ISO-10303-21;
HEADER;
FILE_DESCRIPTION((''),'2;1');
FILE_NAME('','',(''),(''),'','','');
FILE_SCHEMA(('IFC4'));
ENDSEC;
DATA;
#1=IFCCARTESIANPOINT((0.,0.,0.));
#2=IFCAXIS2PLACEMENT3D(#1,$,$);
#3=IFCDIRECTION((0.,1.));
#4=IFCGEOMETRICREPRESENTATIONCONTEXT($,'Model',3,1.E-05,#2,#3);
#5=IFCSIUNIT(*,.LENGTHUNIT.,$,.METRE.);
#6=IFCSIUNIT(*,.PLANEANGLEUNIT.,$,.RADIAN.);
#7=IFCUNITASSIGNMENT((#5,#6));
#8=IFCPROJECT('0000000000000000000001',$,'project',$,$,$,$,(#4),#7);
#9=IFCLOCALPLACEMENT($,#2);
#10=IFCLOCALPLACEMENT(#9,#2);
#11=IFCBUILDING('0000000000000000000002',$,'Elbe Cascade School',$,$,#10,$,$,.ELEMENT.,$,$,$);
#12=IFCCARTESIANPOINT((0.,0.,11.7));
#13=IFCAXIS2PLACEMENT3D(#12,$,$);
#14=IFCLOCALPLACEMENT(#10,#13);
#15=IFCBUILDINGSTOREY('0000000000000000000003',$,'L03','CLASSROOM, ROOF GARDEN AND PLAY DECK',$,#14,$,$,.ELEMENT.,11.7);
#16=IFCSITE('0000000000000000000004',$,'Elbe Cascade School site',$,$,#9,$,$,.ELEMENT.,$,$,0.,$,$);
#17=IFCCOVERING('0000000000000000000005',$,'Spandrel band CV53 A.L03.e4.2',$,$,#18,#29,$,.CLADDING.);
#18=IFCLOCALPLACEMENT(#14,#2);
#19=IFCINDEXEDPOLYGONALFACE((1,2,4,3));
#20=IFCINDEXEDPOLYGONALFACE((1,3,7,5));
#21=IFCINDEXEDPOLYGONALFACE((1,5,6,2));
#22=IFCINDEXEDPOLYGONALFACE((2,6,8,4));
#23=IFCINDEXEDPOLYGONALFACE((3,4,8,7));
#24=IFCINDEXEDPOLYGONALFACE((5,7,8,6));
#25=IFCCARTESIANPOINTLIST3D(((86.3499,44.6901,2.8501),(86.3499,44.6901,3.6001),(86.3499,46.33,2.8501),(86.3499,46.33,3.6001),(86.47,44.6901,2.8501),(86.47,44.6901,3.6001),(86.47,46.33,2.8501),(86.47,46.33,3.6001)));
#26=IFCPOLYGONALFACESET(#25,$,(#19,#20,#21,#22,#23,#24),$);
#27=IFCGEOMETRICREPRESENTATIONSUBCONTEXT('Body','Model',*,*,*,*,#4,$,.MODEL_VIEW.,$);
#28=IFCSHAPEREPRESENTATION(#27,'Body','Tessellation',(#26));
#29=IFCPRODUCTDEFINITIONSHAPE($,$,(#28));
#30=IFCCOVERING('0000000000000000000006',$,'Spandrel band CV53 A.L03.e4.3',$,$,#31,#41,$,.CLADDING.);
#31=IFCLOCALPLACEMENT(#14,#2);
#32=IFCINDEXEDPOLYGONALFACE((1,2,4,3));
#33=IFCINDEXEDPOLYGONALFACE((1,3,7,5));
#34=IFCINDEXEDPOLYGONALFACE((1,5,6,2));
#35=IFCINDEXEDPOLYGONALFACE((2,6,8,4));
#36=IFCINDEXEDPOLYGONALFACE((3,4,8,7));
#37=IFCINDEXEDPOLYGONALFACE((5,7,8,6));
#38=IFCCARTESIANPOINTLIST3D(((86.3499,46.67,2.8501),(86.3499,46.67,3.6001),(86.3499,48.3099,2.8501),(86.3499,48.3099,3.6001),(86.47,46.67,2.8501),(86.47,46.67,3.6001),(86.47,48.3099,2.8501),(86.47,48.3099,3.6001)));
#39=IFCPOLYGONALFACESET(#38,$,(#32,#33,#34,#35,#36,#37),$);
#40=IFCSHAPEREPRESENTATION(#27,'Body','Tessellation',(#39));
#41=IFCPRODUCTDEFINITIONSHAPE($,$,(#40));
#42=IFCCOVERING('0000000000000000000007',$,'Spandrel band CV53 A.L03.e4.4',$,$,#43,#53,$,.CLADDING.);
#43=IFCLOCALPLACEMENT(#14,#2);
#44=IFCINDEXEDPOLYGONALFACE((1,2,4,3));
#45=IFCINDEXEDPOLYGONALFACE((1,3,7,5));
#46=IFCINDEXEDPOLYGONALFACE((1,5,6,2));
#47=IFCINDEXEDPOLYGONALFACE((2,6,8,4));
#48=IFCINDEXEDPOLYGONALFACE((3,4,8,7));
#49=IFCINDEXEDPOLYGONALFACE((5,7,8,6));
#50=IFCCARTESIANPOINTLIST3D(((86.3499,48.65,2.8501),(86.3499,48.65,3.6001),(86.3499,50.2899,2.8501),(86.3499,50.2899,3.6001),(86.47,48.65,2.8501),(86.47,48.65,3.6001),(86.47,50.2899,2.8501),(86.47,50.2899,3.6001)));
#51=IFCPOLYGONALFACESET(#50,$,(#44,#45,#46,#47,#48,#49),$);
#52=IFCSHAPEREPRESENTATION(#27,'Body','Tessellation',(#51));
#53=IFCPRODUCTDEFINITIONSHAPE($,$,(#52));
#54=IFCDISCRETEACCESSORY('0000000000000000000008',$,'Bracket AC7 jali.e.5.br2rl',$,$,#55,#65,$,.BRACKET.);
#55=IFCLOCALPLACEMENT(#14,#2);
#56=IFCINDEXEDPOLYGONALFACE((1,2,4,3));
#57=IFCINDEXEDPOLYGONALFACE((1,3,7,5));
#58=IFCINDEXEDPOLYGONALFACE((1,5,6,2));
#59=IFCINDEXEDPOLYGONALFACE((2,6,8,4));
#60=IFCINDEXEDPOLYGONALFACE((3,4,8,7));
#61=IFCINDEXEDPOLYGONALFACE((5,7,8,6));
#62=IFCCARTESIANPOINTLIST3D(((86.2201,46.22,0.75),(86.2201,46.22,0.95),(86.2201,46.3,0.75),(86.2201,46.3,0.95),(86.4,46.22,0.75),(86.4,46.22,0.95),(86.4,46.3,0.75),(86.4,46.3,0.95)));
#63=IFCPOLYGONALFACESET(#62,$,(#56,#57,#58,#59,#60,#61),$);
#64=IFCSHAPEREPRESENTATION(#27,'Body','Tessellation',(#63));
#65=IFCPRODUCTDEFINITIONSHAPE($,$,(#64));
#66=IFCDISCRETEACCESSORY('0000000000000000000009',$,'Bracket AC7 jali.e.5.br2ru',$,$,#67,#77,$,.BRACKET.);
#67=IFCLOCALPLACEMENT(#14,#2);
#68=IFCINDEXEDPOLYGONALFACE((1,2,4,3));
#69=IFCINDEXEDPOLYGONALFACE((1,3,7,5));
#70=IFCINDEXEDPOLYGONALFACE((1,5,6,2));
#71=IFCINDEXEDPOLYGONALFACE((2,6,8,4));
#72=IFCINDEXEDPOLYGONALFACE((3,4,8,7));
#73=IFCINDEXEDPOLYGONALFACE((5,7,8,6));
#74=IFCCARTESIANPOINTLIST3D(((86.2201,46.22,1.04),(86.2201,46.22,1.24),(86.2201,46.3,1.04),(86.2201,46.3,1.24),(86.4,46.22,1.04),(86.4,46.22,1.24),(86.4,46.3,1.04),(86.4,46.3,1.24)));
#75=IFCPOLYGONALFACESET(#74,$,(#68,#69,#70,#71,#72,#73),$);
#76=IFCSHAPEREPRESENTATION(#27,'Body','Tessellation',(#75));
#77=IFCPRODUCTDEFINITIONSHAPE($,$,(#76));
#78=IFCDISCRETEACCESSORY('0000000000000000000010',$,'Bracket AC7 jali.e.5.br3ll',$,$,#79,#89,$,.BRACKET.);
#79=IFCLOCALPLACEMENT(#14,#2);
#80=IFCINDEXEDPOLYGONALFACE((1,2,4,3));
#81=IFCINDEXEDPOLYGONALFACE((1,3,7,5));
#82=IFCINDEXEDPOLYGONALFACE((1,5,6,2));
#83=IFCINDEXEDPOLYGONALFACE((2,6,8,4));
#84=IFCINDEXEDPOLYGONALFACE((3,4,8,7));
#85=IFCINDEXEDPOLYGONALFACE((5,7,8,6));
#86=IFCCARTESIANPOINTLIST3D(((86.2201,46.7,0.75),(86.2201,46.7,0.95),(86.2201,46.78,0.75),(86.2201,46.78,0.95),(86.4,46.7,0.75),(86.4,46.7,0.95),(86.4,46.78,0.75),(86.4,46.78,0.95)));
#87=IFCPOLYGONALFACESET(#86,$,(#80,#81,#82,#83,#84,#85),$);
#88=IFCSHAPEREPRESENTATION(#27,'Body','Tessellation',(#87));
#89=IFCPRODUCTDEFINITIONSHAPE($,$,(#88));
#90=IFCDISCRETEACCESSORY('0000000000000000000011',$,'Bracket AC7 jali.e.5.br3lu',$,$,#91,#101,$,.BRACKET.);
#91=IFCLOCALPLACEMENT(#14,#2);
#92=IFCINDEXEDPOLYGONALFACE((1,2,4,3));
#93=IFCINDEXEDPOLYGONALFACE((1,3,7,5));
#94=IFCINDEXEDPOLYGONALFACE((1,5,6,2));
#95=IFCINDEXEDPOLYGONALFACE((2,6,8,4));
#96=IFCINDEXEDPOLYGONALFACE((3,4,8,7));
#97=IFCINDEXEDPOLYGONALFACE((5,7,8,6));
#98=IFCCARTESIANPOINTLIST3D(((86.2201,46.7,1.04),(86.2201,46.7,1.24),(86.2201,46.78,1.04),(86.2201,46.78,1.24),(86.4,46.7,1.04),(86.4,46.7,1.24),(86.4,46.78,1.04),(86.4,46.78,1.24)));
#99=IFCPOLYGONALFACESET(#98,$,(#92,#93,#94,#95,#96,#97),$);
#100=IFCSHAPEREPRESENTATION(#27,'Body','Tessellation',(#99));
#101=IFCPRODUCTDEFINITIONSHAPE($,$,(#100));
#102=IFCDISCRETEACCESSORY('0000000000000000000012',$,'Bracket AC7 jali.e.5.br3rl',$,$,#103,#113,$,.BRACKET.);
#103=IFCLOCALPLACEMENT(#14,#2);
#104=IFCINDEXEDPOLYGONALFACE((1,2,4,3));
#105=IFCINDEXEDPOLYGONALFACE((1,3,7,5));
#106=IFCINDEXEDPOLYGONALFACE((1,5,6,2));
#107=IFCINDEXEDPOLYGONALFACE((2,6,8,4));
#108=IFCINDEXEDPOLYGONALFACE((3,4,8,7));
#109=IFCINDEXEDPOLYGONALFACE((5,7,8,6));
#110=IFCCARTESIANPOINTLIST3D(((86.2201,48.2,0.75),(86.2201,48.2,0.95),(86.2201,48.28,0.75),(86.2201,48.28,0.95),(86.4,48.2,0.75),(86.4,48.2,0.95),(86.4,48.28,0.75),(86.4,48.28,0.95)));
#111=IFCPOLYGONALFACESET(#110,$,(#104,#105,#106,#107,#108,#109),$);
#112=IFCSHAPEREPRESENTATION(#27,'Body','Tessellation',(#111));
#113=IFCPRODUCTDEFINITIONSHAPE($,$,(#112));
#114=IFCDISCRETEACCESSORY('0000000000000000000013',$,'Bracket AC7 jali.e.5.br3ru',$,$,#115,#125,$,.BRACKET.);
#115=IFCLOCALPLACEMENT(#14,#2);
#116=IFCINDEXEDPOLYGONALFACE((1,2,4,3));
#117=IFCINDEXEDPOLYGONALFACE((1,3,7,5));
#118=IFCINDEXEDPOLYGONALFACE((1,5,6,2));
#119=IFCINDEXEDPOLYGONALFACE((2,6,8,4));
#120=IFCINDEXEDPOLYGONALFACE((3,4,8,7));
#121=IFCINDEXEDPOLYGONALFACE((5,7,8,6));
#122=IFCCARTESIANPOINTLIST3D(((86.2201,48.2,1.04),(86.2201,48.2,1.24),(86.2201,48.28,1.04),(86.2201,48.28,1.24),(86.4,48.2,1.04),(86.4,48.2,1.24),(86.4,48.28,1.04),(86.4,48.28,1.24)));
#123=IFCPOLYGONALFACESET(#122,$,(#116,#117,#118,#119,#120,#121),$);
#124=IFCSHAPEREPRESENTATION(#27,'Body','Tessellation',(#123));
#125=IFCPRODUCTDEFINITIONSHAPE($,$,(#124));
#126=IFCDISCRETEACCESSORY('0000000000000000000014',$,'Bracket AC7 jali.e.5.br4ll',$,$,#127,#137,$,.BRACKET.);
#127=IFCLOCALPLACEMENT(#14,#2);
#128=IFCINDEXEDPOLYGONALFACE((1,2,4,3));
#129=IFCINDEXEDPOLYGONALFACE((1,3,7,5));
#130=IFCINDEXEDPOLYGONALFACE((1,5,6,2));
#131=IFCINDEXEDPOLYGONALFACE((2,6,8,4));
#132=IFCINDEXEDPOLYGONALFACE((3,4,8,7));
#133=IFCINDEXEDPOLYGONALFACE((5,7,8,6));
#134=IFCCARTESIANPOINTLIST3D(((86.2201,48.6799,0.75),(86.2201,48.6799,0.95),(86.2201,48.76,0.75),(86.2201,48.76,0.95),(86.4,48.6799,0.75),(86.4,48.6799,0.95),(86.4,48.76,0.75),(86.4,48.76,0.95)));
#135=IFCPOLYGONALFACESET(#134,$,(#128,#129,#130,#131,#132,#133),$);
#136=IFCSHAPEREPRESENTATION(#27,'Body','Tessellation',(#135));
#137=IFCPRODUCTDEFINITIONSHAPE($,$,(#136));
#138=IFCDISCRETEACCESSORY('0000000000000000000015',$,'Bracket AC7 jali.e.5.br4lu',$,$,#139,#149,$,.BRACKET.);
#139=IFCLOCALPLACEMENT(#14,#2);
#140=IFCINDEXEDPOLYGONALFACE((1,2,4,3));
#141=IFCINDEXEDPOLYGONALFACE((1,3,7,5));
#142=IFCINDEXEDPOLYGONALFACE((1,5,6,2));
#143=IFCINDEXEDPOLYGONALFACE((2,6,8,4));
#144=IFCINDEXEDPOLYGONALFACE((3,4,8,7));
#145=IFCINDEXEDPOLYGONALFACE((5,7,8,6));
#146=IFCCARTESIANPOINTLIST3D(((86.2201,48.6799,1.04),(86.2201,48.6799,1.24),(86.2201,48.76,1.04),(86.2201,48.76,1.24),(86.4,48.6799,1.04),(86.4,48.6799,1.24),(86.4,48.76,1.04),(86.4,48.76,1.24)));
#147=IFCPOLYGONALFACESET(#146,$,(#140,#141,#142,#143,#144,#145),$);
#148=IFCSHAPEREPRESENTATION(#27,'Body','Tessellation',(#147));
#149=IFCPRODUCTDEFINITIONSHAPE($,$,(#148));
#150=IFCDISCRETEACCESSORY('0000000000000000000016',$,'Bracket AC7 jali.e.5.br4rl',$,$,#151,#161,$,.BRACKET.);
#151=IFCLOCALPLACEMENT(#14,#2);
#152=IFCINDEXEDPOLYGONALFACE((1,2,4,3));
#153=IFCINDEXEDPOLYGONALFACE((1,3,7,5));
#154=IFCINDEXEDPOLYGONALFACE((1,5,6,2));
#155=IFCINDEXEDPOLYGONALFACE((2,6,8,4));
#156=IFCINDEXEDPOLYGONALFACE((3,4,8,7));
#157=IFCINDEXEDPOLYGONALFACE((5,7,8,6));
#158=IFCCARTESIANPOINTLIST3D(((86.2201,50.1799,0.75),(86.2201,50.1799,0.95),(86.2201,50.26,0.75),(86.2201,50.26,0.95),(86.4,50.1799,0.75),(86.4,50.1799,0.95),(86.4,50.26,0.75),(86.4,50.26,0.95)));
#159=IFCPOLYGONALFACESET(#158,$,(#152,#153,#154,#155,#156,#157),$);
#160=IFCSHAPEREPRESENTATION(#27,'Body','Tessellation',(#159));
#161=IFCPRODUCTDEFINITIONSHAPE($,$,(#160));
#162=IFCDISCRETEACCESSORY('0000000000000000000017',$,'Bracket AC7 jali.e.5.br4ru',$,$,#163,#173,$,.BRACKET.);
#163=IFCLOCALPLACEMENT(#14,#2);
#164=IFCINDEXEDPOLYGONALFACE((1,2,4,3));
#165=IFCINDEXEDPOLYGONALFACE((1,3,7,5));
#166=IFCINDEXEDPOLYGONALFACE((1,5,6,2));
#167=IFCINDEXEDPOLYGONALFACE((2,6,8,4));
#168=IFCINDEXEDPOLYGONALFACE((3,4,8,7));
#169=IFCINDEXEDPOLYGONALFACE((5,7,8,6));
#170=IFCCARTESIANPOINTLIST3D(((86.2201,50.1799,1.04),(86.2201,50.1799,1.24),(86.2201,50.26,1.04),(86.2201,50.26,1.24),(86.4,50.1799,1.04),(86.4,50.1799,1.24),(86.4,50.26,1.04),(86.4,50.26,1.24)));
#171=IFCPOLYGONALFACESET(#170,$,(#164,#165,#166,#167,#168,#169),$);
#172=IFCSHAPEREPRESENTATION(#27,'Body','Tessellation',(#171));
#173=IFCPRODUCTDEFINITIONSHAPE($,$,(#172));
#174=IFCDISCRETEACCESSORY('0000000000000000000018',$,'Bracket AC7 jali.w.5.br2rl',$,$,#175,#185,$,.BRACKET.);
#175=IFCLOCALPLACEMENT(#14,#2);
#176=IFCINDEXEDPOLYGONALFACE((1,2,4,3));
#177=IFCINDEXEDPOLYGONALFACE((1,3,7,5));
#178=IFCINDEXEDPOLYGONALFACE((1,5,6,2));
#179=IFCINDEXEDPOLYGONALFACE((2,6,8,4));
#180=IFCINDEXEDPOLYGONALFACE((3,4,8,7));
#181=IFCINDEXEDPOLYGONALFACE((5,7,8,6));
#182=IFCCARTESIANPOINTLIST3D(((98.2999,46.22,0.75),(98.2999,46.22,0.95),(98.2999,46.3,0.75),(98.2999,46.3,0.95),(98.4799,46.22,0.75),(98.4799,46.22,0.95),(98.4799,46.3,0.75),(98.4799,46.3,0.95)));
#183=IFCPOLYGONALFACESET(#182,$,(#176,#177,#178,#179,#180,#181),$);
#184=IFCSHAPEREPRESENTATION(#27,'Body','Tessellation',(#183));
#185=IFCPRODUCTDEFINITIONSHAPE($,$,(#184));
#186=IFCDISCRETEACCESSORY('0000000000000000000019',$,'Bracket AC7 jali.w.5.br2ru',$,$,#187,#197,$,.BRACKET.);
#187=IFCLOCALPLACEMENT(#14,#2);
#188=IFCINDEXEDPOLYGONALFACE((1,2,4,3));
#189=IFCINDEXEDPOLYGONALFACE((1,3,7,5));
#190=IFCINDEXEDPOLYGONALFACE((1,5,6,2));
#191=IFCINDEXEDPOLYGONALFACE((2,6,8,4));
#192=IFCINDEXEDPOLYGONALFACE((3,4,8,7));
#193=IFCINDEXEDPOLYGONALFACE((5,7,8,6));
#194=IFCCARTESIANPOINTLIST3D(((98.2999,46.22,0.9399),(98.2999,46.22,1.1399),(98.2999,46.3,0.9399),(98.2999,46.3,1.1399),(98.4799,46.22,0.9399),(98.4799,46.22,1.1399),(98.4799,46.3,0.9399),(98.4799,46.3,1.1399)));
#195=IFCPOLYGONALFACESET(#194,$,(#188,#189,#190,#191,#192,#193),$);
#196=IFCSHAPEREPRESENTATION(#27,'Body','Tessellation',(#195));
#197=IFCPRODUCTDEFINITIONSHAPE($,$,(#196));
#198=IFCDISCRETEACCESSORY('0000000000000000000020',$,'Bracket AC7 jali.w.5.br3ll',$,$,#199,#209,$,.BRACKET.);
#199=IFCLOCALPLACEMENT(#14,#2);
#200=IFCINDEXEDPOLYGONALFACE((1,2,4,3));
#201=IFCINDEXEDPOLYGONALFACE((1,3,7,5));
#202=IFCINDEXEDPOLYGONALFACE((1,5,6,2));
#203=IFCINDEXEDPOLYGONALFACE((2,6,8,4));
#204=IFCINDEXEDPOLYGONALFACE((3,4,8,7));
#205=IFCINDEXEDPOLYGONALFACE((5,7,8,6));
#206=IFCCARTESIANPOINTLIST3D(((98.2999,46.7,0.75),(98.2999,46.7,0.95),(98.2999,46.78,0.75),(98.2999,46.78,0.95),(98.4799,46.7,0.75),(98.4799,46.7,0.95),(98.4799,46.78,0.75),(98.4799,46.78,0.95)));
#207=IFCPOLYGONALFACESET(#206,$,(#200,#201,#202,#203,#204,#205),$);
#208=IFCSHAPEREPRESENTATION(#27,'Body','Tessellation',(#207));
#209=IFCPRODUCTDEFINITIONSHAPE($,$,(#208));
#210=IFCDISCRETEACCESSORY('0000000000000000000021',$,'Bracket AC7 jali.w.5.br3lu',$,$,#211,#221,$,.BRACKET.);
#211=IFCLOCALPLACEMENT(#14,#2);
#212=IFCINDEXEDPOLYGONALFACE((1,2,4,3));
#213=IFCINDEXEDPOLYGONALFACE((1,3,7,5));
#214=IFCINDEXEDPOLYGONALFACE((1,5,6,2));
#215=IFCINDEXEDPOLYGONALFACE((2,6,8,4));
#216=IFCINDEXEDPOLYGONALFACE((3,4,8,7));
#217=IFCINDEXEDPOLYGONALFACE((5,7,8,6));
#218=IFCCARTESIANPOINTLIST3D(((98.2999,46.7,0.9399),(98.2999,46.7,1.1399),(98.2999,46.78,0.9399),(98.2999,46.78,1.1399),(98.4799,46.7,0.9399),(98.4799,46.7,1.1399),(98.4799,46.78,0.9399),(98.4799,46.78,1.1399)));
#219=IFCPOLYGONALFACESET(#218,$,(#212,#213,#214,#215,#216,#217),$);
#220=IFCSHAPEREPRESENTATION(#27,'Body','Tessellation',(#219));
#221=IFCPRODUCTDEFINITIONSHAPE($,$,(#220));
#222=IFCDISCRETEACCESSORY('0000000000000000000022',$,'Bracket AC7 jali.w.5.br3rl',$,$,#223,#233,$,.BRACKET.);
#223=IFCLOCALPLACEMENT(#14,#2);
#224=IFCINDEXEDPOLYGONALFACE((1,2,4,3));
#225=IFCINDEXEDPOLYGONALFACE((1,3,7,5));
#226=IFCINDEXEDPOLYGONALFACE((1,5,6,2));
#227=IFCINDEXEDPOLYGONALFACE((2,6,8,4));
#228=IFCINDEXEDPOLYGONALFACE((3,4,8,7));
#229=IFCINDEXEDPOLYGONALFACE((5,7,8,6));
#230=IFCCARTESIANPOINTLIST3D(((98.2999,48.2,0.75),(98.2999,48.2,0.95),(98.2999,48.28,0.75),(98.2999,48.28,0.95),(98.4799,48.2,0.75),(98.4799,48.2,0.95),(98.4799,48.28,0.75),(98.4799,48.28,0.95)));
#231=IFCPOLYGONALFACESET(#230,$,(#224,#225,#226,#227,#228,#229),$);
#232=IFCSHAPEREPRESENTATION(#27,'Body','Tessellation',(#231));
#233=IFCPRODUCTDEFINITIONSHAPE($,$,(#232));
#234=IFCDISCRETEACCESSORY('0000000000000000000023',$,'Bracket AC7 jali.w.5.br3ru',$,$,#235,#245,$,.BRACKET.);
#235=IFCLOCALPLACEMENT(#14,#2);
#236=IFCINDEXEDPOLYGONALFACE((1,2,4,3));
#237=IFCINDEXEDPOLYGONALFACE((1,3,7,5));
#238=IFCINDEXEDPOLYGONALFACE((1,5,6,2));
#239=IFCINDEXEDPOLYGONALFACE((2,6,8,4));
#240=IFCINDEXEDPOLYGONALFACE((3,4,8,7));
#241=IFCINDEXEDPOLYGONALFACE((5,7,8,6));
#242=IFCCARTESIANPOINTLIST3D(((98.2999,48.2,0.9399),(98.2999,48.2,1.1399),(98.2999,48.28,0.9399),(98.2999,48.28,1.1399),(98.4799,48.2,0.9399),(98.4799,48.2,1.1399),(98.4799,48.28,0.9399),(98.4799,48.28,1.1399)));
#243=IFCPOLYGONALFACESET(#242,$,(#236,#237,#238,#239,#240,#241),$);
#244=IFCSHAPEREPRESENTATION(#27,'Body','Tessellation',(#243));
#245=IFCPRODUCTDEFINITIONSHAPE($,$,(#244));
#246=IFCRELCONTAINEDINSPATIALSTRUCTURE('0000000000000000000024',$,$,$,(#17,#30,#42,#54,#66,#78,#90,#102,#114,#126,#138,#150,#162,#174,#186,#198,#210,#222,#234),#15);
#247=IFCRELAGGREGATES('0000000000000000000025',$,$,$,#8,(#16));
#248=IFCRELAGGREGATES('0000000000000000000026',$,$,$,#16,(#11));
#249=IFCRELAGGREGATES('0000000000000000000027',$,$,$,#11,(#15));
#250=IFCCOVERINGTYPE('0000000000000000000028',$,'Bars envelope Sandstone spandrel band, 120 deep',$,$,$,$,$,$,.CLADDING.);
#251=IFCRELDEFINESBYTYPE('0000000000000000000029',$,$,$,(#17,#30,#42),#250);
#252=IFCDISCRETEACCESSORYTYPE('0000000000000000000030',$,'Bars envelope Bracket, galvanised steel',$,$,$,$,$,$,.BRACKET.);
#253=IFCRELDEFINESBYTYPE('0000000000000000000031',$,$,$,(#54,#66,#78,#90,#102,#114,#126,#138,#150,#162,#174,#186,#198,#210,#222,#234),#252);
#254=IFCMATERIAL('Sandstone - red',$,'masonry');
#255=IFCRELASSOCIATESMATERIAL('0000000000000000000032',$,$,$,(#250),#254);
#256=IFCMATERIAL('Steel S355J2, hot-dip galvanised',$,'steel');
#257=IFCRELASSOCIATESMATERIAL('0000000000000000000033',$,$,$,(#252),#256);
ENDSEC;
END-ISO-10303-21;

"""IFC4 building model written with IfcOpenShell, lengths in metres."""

from ifc_helpers import new_model, si_unit, direction, frame, origin, origin_2d, place, context, subcontext, project, spatial, rectangle, extrude, material, type_object, element, save


model = new_model("IFC4")

# Units and contexts
model_context = context("Model", 3, precision=1e-05, world=origin(), true_north=direction((0.0, 1.0)))
body_context = subcontext(model_context, "Body", "Model", "MODEL_VIEW")
ifc_project = project(units=[si_unit("LENGTHUNIT", "METRE"), si_unit("PLANEANGLEUNIT", "RADIAN")], contexts=[model_context])

# Site, building, storey
site_placement = place(None, origin())
site = spatial("IfcSite", under=ifc_project, at=site_placement, Name="Elbe Cascade School site", CompositionType="ELEMENT", RefElevation=0.0)
building_placement = place(site_placement, origin())
building = spatial("IfcBuilding", under=site, at=building_placement, Name="Elbe Cascade School", CompositionType="ELEMENT")
storey_placement = place(building_placement, frame((0.0, 0.0, 11.7)))
storey = spatial("IfcBuildingStorey", under=building, at=storey_placement, Name="L03", Description="CLASSROOM, ROOF GARDEN AND PLAY DECK", CompositionType="ELEMENT", Elevation=11.7)

# Coverings
ifc_material_1 = material(Name="Sandstone - red", Category="masonry")
covering_type_1 = type_object("IfcCoveringType", Name="Bars envelope Sandstone spandrel band, 120 deep", PredefinedType="CLADDING", material=ifc_material_1)
for number, where, z_axis, x_axis, name in (
    (1, (86.4099, 45.51, 2.8501), (0.0, 0.0, 1.0), (0.0, 1.0, 0.0), "Spandrel band CV53 A.L03.e4.2"),
    (2, (86.4099, 47.49, 2.8501), (0.0, 0.0, 1.0), (0.0, 1.0, 0.0), "Spandrel band CV53 A.L03.e4.3"),
    (3, (86.4099, 49.47, 2.8501), (0.0, 0.0, 1.0), (0.0, 1.0, 0.0), "Spandrel band CV53 A.L03.e4.4"),
):
    element("IfcCovering", number, at=place(storey_placement, frame(where, z_axis=z_axis, x_axis=x_axis)), inside=storey, type_object=covering_type_1, Name=name, PredefinedType="CLADDING", context=body_context, shape_type="SweptSolid", body=[
        extrude(rectangle(XDim=1.6399, YDim=0.1201, at=origin_2d()), origin(), (0.0, 0.0, 1.0), 0.75),
    ])

# Discrete accessories
ifc_material_2 = material(Name="Steel S355J2, hot-dip galvanised", Category="steel")
discrete_accessory_type = type_object("IfcDiscreteAccessoryType", Name="Bars envelope Bracket, galvanised steel", PredefinedType="BRACKET", material=ifc_material_2)
for number, where, z_axis, x_axis, name in (
    (4, (86.3101, 46.26, 0.75), (0.0, 0.0, 1.0), (0.0, 1.0, 0.0), "Bracket AC7 jali.e.5.br2rl"),
    (5, (86.3101, 46.26, 1.04), (0.0, 0.0, 1.0), (0.0, 1.0, 0.0), "Bracket AC7 jali.e.5.br2ru"),
    (6, (86.3101, 46.74, 0.75), (0.0, 0.0, 1.0), (0.0, 1.0, 0.0), "Bracket AC7 jali.e.5.br3ll"),
    (7, (86.3101, 46.74, 1.04), (0.0, 0.0, 1.0), (0.0, 1.0, 0.0), "Bracket AC7 jali.e.5.br3lu"),
    (8, (86.3101, 48.24, 0.75), (0.0, 0.0, 1.0), (0.0, 1.0, 0.0), "Bracket AC7 jali.e.5.br3rl"),
    (9, (86.3101, 48.24, 1.04), (0.0, 0.0, 1.0), (0.0, 1.0, 0.0), "Bracket AC7 jali.e.5.br3ru"),
    (10, (86.3101, 48.72, 0.75), (0.0, 0.0, 1.0), (0.0, 1.0, 0.0), "Bracket AC7 jali.e.5.br4ll"),
    (11, (86.3101, 48.72, 1.04), (0.0, 0.0, 1.0), (0.0, 1.0, 0.0), "Bracket AC7 jali.e.5.br4lu"),
    (12, (86.3101, 50.22, 0.75), (0.0, 0.0, 1.0), (0.0, 1.0, 0.0), "Bracket AC7 jali.e.5.br4rl"),
    (13, (86.3101, 50.22, 1.04), (0.0, 0.0, 1.0), (0.0, 1.0, 0.0), "Bracket AC7 jali.e.5.br4ru"),
    (14, (98.3899, 46.26, 0.75), (0.0, 0.0, 1.0), (0.0, 1.0, 0.0), "Bracket AC7 jali.w.5.br2rl"),
    (15, (98.3899, 46.26, 0.9399), (0.0, 0.0, 1.0), (0.0, 1.0, 0.0), "Bracket AC7 jali.w.5.br2ru"),
    (16, (98.3899, 46.74, 0.75), (0.0, 0.0, 1.0), (0.0, 1.0, 0.0), "Bracket AC7 jali.w.5.br3ll"),
    (17, (98.3899, 46.74, 0.9399), (0.0, 0.0, 1.0), (0.0, 1.0, 0.0), "Bracket AC7 jali.w.5.br3lu"),
    (18, (98.3899, 48.24, 0.75), (0.0, 0.0, 1.0), (0.0, 1.0, 0.0), "Bracket AC7 jali.w.5.br3rl"),
    (19, (98.3899, 48.24, 0.9399), (0.0, 0.0, 1.0), (0.0, 1.0, 0.0), "Bracket AC7 jali.w.5.br3ru"),
):
    element("IfcDiscreteAccessory", number, at=place(storey_placement, frame(where, z_axis=z_axis, x_axis=x_axis)), inside=storey, type_object=discrete_accessory_type, Name=name, PredefinedType="BRACKET", context=body_context, shape_type="SweptSolid", body=[
        extrude(rectangle(XDim=0.0801, YDim=0.1799, at=origin_2d()), origin(), (0.0, 0.0, 1.0), 0.2),
    ])

save(model, "model.ifc")
